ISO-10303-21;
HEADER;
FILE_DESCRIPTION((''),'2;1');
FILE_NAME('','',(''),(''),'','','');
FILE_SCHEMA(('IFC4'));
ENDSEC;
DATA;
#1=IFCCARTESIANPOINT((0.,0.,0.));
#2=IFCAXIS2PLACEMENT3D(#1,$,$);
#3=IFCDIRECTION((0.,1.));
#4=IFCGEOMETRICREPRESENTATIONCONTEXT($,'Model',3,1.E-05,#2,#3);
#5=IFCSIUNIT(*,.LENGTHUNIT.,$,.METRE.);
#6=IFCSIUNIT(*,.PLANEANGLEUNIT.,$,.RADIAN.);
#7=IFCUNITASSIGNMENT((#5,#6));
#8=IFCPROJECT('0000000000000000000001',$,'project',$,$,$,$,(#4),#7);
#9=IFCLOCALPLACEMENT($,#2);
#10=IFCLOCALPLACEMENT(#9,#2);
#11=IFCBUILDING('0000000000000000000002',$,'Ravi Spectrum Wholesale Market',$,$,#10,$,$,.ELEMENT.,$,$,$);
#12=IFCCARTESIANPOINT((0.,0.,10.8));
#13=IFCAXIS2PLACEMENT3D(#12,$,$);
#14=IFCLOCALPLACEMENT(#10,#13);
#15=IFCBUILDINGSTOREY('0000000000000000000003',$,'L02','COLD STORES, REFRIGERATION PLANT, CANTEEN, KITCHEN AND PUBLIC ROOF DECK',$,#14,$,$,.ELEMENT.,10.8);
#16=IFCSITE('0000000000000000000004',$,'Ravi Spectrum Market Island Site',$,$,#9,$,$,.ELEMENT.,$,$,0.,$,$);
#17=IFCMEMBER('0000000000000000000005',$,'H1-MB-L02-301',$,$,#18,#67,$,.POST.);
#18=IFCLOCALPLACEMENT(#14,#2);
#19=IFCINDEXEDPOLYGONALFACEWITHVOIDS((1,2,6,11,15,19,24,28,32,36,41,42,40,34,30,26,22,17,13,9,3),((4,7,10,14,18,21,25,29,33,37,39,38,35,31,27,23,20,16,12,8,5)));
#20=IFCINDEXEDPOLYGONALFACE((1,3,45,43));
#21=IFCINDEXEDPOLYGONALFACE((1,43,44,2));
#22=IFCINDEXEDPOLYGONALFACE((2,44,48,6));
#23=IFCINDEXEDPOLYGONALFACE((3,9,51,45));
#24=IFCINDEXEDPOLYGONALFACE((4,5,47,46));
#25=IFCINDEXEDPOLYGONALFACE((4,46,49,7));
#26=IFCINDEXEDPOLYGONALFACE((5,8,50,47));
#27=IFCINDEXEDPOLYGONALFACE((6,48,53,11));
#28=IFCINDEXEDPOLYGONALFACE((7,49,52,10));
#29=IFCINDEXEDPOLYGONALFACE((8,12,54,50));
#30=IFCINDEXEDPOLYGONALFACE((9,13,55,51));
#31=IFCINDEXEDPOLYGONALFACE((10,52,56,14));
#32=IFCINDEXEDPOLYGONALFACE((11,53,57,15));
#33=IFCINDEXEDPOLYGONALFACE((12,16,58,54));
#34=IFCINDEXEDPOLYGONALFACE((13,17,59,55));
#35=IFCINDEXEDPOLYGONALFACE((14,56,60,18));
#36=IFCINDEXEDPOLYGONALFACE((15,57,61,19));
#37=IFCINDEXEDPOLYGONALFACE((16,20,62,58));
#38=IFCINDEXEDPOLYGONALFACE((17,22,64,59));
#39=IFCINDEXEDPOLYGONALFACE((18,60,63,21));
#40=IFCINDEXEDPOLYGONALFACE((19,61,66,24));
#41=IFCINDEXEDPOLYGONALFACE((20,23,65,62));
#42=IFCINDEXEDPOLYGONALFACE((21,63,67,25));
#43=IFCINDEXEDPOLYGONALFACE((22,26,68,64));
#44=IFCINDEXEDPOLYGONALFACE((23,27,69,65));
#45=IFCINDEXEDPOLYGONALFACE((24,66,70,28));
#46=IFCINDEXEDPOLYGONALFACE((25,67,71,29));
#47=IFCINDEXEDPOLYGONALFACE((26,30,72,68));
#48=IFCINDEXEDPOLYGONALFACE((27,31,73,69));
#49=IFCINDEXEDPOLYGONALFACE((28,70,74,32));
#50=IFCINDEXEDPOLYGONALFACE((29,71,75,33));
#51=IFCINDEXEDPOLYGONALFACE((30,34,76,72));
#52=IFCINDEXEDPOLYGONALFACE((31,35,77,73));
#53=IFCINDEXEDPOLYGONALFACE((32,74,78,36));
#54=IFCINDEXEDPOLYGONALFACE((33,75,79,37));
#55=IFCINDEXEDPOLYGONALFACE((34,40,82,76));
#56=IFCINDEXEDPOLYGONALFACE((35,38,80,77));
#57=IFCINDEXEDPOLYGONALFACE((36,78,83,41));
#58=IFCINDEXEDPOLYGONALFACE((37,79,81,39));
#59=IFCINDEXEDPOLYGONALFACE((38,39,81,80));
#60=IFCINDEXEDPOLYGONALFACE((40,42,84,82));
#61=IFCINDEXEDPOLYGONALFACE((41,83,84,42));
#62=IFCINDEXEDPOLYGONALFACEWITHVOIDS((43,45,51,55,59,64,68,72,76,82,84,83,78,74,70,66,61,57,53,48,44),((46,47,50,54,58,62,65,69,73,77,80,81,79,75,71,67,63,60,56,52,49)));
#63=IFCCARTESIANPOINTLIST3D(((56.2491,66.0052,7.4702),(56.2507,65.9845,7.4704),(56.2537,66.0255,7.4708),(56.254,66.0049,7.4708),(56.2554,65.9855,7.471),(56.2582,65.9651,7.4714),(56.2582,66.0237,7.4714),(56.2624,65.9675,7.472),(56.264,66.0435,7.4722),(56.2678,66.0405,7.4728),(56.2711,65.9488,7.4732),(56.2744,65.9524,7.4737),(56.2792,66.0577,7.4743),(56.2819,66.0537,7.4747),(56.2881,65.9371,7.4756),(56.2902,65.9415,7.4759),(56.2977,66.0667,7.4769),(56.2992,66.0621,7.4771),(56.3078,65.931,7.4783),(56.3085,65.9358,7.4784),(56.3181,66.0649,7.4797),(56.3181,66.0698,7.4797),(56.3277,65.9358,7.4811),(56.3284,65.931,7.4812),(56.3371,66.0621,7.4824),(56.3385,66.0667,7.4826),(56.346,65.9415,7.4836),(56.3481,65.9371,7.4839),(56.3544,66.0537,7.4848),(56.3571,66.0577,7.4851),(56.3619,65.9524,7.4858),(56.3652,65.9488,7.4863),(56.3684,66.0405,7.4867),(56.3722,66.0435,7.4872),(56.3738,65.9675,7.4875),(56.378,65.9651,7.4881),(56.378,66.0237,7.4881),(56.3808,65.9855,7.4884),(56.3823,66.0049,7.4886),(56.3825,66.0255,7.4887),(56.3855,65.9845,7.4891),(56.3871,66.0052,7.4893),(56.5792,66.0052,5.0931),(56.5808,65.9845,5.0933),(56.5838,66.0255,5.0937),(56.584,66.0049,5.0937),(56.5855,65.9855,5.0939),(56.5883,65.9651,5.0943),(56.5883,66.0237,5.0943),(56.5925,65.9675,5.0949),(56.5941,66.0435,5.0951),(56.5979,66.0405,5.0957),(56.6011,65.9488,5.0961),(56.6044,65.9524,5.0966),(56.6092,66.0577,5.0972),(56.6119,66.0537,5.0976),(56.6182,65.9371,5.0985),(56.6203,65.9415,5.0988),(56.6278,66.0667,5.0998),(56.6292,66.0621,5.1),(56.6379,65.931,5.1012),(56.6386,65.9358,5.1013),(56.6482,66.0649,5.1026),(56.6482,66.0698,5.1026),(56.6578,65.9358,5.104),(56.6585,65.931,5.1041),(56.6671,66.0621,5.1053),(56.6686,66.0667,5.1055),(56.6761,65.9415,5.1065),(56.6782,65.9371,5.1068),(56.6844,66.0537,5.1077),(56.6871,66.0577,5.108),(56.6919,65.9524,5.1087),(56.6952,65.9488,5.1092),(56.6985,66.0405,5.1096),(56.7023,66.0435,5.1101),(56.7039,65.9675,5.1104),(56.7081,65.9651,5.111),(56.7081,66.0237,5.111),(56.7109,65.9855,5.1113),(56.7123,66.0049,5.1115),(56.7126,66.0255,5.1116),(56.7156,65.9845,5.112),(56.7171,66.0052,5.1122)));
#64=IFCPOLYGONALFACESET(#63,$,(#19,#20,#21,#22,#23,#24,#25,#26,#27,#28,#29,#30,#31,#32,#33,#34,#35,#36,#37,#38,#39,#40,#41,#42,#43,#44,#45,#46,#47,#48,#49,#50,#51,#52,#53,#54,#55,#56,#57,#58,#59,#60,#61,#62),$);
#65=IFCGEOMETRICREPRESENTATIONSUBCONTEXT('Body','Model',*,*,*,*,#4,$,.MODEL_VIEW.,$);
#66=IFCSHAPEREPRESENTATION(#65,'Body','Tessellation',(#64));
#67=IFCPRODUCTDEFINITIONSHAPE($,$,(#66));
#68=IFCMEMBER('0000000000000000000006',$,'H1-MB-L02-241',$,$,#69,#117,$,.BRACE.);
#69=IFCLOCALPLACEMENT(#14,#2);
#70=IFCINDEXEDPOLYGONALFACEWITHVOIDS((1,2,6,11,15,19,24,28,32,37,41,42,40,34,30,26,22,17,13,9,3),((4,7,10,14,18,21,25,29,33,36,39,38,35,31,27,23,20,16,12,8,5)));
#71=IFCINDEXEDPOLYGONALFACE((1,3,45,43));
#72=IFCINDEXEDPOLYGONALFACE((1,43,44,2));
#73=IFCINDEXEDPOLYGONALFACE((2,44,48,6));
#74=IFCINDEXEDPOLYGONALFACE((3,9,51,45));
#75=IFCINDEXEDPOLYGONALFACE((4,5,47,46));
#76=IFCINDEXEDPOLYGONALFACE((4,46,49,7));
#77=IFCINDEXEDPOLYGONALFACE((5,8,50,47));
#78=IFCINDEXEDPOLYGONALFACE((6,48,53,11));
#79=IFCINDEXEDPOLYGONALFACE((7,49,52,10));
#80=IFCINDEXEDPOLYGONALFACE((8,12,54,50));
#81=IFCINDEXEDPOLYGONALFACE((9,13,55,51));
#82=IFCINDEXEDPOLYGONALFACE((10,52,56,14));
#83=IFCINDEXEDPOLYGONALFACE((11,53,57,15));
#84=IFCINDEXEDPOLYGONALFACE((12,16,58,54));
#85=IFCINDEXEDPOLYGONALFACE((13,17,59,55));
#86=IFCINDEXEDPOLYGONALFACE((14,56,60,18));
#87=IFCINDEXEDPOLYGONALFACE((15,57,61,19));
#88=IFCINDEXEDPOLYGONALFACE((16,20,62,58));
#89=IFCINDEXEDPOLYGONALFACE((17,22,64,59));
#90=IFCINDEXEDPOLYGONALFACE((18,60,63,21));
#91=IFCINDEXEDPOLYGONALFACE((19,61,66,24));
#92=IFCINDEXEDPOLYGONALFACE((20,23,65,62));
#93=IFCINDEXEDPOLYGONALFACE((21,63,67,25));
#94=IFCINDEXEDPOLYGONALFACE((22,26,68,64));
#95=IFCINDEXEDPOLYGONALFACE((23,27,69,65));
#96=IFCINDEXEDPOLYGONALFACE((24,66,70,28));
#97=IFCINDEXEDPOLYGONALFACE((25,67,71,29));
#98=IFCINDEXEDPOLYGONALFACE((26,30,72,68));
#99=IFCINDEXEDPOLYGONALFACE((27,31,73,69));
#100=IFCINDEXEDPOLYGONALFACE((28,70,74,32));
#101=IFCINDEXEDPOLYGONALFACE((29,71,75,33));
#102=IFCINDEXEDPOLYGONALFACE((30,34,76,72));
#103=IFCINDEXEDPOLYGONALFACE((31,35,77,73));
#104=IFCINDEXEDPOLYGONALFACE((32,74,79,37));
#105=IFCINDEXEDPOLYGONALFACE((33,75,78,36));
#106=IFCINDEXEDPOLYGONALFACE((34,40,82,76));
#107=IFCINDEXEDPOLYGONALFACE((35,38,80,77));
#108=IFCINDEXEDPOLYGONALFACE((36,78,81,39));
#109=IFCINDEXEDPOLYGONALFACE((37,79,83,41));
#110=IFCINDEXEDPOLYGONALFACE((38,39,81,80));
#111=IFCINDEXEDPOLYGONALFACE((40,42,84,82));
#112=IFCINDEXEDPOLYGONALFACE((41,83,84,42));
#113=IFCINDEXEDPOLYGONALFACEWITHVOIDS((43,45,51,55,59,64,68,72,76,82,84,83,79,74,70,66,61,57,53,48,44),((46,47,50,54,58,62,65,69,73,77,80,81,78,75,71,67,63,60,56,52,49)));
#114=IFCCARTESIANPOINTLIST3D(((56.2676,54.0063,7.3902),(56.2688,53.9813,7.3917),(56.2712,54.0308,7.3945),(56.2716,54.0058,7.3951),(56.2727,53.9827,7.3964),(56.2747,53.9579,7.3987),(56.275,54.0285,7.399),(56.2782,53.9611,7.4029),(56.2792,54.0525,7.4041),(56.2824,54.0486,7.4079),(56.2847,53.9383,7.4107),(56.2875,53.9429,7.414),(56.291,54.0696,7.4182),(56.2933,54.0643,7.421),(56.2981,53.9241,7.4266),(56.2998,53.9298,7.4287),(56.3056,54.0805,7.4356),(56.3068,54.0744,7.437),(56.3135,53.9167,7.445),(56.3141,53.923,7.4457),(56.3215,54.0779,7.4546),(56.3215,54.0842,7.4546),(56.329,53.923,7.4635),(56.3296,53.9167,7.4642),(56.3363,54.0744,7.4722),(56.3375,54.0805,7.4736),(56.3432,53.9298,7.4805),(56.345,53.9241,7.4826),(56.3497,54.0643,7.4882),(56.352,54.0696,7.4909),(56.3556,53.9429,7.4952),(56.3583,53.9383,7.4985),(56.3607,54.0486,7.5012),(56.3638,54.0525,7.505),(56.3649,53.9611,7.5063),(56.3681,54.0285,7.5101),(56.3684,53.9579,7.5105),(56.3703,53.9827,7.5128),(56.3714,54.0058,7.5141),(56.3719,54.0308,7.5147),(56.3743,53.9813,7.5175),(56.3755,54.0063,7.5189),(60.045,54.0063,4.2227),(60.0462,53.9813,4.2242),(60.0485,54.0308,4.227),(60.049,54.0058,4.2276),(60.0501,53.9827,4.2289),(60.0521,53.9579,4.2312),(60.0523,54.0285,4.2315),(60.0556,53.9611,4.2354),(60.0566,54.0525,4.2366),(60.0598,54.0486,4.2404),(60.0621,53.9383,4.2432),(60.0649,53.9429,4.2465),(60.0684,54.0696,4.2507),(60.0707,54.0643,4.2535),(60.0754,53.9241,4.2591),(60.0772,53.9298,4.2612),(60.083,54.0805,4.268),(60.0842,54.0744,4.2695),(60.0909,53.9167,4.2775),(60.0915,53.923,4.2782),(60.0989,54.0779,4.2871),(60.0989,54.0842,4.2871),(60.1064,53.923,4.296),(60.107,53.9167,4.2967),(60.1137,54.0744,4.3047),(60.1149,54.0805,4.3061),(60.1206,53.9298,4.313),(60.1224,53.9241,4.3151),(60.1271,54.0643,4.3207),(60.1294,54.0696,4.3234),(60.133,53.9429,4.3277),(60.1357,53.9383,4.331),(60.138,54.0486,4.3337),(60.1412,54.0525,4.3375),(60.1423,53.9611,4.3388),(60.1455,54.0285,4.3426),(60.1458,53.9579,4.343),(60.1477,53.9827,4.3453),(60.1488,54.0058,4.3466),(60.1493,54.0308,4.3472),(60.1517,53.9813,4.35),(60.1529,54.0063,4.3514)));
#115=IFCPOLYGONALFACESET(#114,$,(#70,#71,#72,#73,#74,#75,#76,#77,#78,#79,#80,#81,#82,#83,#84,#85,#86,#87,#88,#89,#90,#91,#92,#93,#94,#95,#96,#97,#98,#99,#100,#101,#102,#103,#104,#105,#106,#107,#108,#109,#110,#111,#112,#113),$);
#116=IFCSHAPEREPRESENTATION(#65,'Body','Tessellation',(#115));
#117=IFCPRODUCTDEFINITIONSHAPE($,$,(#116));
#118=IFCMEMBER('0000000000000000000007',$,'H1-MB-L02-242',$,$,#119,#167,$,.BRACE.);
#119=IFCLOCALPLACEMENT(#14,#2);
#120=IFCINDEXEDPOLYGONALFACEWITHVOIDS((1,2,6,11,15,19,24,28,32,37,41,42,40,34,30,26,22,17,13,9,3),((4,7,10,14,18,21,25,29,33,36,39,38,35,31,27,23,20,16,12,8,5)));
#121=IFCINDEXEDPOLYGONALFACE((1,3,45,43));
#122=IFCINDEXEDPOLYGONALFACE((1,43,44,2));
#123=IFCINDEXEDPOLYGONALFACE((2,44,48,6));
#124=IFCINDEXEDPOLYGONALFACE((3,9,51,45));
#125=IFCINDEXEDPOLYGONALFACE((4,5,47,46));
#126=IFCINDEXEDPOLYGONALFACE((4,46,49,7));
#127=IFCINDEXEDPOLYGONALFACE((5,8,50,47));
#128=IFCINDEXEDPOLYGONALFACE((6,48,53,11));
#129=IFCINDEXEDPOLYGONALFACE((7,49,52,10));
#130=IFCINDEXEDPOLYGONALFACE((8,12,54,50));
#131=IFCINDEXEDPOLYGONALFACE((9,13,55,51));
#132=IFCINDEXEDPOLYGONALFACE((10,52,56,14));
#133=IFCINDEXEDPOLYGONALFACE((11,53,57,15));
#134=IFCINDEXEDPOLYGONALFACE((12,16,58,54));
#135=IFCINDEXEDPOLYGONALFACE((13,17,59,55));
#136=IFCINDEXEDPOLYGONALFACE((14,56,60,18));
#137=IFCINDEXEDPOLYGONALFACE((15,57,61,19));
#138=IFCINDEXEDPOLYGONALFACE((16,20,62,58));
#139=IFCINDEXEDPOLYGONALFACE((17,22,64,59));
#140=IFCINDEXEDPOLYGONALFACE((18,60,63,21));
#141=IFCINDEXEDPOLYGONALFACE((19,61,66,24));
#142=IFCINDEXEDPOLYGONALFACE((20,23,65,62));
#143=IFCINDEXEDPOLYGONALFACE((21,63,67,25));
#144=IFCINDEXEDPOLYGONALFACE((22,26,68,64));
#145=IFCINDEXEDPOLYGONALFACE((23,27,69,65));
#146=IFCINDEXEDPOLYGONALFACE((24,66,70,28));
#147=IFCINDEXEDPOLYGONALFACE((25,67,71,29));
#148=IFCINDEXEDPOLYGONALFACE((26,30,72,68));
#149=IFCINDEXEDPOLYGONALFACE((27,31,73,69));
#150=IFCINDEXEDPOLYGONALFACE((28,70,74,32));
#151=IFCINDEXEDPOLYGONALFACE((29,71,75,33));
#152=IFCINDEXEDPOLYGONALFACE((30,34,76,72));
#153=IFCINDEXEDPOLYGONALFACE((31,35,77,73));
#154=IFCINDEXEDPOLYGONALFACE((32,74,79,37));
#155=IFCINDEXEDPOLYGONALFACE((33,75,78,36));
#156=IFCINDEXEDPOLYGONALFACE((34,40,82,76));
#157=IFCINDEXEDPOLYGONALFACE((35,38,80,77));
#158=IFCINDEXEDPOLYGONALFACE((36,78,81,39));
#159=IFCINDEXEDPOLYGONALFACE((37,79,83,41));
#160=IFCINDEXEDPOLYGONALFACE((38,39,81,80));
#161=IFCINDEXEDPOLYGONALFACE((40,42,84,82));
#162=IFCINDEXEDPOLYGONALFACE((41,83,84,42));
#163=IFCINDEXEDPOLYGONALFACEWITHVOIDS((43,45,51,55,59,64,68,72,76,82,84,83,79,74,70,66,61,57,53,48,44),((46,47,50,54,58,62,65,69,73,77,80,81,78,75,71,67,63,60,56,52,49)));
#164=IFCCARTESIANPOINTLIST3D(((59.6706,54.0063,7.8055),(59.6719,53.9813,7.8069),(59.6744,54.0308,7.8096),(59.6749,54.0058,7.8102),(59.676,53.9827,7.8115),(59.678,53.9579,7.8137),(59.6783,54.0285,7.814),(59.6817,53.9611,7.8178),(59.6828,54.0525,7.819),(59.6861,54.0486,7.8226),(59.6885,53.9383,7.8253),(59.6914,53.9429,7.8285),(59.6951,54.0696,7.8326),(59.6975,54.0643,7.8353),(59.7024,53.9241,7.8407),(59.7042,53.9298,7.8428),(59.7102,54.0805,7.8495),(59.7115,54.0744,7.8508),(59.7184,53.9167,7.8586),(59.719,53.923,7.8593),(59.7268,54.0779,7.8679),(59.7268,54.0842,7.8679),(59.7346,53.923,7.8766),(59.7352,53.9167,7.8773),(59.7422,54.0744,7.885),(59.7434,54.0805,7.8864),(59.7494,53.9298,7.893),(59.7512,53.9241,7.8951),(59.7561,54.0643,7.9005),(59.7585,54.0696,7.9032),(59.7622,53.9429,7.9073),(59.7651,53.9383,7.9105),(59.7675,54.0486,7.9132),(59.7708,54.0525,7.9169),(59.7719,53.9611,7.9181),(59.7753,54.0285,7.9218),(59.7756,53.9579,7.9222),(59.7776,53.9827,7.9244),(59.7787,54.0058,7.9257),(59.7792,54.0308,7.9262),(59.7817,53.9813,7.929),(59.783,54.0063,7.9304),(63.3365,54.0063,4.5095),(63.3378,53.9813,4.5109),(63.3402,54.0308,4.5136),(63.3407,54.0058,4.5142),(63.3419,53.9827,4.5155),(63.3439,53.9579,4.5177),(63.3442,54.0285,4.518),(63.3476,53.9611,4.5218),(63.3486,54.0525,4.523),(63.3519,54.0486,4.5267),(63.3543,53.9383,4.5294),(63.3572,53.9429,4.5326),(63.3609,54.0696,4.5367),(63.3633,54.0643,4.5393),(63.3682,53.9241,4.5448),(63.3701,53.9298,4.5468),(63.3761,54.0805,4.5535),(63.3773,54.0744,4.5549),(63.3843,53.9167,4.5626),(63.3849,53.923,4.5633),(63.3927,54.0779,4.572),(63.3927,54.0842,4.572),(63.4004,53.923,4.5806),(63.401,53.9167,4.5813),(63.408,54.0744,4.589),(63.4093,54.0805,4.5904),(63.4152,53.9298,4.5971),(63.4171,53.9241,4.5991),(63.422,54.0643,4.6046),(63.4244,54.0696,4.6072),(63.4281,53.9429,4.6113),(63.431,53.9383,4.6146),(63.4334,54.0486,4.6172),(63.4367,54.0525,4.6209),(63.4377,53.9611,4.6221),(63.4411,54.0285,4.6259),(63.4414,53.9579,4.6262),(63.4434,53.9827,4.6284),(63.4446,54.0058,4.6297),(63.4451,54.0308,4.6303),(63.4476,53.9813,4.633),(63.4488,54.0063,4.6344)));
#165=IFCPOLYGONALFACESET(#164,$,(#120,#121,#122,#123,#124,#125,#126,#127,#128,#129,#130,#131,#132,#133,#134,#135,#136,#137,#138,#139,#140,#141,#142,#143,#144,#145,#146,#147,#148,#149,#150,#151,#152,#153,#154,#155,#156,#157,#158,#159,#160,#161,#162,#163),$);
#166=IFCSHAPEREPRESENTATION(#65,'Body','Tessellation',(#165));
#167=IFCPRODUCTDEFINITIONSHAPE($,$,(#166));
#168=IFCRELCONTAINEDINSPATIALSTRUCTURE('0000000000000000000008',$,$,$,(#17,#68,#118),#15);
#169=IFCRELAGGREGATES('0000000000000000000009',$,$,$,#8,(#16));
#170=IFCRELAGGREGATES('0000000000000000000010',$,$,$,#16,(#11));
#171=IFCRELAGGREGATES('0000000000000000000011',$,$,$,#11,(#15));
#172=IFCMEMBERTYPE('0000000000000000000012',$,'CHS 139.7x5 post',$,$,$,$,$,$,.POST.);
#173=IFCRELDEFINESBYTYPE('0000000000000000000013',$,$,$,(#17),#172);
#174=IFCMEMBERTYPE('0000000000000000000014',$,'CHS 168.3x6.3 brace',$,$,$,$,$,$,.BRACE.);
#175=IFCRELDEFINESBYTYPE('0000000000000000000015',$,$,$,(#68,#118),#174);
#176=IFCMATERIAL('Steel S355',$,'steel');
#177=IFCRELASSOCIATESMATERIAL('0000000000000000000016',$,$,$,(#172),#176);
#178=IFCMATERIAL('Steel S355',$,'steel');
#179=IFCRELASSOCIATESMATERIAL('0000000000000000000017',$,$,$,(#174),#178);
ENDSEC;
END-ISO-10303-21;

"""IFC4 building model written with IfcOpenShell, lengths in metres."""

from ifc_helpers import new_model, si_unit, direction, frame, origin, origin_2d, place, context, subcontext, project, spatial, hollow_circle, extrude, material, material_profile, profile_set, type_object, element, save


model = new_model("IFC4")

# Units and contexts
model_context = context("Model", 3, precision=1e-05, world=origin(), true_north=direction((0.0, 1.0)))
body_context = subcontext(model_context, "Body", "Model", "MODEL_VIEW")
ifc_project = project(units=[si_unit("LENGTHUNIT", "METRE"), si_unit("PLANEANGLEUNIT", "RADIAN")], contexts=[model_context])

# Site, building, storey
site_placement = place(None, origin())
site = spatial("IfcSite", under=ifc_project, at=site_placement, Name="Ravi Spectrum Market Island Site", CompositionType="ELEMENT", RefElevation=0.0)
building_placement = place(site_placement, origin())
building = spatial("IfcBuilding", under=site, at=building_placement, Name="Ravi Spectrum Wholesale Market", CompositionType="ELEMENT")
storey_placement = place(building_placement, frame((0.0, 0.0, 10.8)))
storey = spatial("IfcBuildingStorey", under=building, at=storey_placement, Name="L02", Description="COLD STORES, REFRIGERATION PLANT, CANTEEN, KITCHEN AND PUBLIC ROOF DECK", CompositionType="ELEMENT", Elevation=10.8)

# Members
ifc_material_1 = material(Name="Steel S355", Category="steel")
ifc_material_profile_1 = material_profile(ifc_material_1, hollow_circle(Radius=0.0698, WallThickness=0.0049, at=origin_2d()))
ifc_profile_set_1 = profile_set([ifc_material_profile_1], Name="Steel S355")
member_type_1 = type_object("IfcMemberType", Name="CHS 139.7x5 post", PredefinedType="POST", material=ifc_profile_set_1)
member_1_placement = place(storey_placement, frame((56.3181, 66.0, 7.4797), z_axis=(0.137532, 0.0, -0.990497), x_axis=(0.0, 1.0, 0.0)))
element("IfcMember", 1, at=member_1_placement, inside=storey, type_object=member_type_1, Name="H1-MB-L02-301", PredefinedType="POST", context=body_context, shape_type="SweptSolid", body=[
    extrude(hollow_circle(Radius=0.0698, WallThickness=0.0049, at=origin_2d()), origin(), (0.0, 0.0, 1.0), 2.3999),
])
ifc_material_2 = material(Name="Steel S355", Category="steel")
ifc_material_profile_2 = material_profile(ifc_material_2, hollow_circle(Radius=0.0842, WallThickness=0.0063, at=origin_2d()))
ifc_profile_set_2 = profile_set([ifc_material_profile_2], Name="Steel S355")
member_type_2 = type_object("IfcMemberType", Name="CHS 168.3x6.3 brace", PredefinedType="BRACE", material=ifc_profile_set_2)
for number, where, z_axis, x_axis, name in (
    (2, (56.3215, 54.0, 7.4546), (0.766253, 0.0, -0.642539), (0.0, 1.0, 0.0), "H1-MB-L02-241"),
    (3, (59.7268, 54.0, 7.8679), (0.743627, 0.0, -0.668595), (0.0, 1.0, 0.0), "H1-MB-L02-242"),
):
    element("IfcMember", number, at=place(storey_placement, frame(where, z_axis=z_axis, x_axis=x_axis)), inside=storey, type_object=member_type_2, Name=name, PredefinedType="BRACE", context=body_context, shape_type="SweptSolid", body=[
        extrude(hollow_circle(Radius=0.0842, WallThickness=0.0063, at=origin_2d()), origin(), (0.0, 0.0, 1.0), 4.9297),
    ])

save(model, "model.ifc")
